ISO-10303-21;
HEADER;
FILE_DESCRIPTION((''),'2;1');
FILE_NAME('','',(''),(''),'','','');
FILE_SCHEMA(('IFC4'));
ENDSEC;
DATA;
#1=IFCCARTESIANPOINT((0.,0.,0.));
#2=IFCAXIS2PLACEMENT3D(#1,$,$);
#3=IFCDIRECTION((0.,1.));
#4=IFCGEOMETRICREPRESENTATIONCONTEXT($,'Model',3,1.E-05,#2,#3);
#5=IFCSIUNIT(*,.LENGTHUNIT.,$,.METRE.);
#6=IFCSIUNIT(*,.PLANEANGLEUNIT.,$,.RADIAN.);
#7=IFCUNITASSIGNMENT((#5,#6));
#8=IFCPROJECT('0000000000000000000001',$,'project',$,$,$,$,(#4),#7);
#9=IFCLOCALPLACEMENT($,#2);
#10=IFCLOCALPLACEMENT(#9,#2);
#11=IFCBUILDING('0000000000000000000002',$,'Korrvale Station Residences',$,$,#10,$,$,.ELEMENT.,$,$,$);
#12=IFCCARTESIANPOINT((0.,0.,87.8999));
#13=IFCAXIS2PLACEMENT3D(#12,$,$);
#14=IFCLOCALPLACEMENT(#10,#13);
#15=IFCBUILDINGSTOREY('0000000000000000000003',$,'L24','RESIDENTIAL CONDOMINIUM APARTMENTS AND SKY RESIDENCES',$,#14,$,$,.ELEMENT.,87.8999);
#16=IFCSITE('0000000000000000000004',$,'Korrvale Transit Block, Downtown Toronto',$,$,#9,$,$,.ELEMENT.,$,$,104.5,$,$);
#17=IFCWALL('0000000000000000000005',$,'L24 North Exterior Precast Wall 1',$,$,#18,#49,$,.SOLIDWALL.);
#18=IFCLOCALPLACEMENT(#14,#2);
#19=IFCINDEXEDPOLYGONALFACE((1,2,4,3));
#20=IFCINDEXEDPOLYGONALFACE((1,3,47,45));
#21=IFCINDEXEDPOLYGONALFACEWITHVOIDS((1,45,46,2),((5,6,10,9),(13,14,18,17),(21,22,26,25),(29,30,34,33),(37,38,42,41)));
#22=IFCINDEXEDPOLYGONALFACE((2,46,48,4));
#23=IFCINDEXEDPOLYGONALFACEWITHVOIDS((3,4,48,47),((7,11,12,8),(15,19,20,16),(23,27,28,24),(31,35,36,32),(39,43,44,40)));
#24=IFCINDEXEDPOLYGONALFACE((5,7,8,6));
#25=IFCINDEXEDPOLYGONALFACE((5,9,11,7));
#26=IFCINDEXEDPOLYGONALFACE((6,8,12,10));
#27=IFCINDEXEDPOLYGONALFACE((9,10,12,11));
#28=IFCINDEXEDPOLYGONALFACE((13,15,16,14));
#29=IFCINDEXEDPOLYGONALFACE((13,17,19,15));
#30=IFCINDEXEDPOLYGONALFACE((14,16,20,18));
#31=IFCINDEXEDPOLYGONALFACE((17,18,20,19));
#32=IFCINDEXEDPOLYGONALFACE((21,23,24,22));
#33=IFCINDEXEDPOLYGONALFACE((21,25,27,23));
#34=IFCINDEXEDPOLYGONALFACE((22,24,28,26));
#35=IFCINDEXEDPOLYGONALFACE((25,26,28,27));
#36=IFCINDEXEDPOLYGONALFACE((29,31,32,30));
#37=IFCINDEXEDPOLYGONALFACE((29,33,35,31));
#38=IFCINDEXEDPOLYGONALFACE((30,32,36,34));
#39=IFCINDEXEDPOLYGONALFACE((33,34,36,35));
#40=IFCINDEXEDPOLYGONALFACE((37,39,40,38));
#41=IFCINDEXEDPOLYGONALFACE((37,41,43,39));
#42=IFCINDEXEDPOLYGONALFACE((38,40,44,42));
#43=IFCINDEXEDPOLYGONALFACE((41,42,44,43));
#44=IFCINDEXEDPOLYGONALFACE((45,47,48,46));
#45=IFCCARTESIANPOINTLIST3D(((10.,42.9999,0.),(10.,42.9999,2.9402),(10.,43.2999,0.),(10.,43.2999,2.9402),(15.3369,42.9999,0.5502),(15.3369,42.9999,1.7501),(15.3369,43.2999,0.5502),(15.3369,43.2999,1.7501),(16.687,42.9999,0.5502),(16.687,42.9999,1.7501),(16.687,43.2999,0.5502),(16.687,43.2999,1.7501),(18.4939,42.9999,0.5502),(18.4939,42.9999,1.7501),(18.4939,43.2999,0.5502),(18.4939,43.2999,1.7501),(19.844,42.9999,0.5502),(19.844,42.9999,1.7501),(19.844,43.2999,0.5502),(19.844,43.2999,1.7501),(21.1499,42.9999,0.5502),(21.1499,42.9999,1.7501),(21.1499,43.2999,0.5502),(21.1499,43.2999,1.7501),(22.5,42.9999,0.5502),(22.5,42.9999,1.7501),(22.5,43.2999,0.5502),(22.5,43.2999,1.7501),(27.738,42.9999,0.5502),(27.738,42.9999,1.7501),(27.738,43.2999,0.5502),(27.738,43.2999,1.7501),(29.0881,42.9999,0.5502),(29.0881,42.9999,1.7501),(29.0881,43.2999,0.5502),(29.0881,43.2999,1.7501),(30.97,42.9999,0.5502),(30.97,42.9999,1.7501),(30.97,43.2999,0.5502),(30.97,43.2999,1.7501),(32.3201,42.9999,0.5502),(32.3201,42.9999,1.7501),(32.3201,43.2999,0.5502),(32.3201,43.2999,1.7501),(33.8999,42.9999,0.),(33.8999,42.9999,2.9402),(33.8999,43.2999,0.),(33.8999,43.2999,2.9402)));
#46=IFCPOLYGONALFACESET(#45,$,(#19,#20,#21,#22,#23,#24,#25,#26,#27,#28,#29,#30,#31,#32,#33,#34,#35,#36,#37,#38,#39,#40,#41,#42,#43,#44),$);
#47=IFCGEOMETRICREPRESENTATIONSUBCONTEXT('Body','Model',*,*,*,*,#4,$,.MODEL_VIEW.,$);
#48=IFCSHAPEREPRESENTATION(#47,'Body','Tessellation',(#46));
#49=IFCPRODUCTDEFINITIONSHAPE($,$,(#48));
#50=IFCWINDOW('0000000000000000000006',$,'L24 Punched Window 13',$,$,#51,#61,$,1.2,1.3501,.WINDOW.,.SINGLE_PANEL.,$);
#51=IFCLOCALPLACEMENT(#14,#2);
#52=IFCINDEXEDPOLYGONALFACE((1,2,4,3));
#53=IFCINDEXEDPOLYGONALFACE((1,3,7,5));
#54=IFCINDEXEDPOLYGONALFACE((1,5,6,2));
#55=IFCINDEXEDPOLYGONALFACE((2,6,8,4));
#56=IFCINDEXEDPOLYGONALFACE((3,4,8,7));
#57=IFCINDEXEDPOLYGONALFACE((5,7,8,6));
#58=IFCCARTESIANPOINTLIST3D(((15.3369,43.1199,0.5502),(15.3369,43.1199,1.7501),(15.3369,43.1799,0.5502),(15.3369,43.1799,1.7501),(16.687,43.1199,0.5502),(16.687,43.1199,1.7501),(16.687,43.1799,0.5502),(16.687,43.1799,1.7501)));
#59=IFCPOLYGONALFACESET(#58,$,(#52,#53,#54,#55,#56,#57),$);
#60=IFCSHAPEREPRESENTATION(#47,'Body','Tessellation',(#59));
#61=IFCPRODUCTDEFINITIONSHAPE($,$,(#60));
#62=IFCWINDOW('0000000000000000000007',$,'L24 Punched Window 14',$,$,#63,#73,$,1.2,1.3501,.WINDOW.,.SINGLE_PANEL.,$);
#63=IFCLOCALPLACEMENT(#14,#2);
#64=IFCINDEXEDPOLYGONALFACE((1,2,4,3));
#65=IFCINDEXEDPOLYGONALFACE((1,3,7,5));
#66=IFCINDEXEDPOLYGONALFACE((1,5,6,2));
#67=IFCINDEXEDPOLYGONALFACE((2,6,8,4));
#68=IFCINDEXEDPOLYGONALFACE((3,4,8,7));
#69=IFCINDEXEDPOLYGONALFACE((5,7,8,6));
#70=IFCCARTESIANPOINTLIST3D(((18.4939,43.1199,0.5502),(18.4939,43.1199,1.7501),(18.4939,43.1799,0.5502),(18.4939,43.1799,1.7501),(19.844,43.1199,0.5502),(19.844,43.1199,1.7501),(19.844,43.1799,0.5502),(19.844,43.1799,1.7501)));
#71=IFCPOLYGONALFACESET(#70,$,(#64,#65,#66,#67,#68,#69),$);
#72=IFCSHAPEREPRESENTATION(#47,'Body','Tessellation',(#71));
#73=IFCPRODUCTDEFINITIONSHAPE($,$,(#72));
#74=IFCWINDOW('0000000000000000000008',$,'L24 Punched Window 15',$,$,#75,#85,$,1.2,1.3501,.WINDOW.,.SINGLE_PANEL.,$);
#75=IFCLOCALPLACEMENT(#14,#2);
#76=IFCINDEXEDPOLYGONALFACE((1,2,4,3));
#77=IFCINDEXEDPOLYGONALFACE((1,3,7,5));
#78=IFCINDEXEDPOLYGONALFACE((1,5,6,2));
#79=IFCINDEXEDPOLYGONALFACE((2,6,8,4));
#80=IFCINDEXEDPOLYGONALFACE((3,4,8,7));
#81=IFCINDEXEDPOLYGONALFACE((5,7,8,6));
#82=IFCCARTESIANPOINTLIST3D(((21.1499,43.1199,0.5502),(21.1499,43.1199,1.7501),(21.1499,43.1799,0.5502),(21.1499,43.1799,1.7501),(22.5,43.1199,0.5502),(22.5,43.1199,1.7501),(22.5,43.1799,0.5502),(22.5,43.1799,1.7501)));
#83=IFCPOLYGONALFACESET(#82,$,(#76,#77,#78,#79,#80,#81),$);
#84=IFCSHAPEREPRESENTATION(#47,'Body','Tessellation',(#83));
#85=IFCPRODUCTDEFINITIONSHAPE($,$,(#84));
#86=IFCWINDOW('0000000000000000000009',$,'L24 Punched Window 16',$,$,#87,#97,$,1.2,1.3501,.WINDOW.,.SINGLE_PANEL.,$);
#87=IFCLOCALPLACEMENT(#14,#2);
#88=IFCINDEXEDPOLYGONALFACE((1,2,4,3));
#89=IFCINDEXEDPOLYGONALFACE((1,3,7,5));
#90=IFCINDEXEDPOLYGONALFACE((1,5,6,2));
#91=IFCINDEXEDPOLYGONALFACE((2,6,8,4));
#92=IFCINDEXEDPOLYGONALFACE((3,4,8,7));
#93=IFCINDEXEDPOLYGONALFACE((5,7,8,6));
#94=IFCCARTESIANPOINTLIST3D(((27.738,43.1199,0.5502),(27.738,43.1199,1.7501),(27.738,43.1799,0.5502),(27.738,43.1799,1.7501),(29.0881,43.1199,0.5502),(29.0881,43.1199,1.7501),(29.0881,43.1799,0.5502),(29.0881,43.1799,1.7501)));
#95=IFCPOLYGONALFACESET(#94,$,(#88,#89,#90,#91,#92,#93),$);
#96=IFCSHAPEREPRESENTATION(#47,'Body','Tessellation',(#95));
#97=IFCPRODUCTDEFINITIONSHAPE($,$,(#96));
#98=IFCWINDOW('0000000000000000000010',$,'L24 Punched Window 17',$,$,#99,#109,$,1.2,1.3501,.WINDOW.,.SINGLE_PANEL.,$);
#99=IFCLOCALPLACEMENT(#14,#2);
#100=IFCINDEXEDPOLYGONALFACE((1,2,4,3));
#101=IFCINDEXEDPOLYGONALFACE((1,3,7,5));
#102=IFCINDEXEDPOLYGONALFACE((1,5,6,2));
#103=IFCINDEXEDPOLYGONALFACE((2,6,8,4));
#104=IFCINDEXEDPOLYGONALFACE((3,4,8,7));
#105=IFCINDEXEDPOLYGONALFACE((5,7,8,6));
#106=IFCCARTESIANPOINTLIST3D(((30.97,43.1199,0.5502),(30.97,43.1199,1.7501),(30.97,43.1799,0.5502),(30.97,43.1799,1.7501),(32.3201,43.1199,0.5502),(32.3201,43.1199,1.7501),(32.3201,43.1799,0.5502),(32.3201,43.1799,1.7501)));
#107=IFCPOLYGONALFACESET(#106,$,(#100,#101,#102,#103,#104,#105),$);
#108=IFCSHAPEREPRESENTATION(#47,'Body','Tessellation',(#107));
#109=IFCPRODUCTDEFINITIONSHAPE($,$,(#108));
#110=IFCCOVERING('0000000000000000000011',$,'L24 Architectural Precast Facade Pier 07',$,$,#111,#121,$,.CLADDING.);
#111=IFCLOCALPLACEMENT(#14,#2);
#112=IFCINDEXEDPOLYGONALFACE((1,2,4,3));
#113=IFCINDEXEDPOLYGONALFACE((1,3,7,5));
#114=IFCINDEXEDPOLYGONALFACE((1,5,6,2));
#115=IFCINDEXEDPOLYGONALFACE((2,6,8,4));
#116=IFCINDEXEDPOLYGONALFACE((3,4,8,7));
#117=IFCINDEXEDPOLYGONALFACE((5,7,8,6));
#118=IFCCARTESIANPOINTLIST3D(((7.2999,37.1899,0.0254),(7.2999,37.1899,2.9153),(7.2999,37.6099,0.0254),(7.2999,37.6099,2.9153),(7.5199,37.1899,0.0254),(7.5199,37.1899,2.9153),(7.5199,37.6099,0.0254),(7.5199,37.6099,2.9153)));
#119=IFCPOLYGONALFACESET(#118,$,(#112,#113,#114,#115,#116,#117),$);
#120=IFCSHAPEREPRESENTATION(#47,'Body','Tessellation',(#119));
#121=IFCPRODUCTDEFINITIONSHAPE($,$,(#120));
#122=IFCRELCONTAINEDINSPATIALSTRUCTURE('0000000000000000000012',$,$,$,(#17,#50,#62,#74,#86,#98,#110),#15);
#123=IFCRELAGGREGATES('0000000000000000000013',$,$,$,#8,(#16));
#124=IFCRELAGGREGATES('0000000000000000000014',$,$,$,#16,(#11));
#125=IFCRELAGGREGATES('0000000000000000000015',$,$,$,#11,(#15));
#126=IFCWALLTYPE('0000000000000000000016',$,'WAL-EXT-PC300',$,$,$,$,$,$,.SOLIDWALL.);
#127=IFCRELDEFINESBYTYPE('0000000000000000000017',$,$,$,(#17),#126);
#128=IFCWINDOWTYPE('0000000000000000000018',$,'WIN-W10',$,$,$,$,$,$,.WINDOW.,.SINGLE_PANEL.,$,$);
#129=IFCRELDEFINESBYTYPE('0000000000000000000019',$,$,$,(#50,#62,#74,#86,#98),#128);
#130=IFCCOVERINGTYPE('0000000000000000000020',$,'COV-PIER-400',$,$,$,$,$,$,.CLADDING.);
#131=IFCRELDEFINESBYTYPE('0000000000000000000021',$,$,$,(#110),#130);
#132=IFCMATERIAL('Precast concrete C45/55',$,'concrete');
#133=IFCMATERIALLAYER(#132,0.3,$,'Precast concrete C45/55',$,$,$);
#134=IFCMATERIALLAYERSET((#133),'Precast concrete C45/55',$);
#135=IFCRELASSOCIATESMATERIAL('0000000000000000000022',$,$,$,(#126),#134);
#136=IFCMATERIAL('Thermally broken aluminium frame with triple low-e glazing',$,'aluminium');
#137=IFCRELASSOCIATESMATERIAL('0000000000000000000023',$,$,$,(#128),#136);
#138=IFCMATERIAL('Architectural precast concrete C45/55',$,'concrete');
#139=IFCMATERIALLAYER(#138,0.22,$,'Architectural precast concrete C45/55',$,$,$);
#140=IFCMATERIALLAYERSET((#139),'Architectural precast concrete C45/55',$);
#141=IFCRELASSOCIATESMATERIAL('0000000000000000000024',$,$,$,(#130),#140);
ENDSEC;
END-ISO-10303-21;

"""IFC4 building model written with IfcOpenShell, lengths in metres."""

from ifc_helpers import new_model, si_unit, direction, frame, frame_2d, origin, origin_2d, place, context, subcontext, project, spatial, rectangle, extrude, material, layer, layer_set, type_object, element, fill, save


model = new_model("IFC4")

# Units and contexts
model_context = context("Model", 3, precision=1e-05, world=origin(), true_north=direction((0.0, 1.0)))
body_context = subcontext(model_context, "Body", "Model", "MODEL_VIEW")
ifc_project = project(units=[si_unit("LENGTHUNIT", "METRE"), si_unit("PLANEANGLEUNIT", "RADIAN")], contexts=[model_context])

# Site, building, storey
site_placement = place(None, origin())
site = spatial("IfcSite", under=ifc_project, at=site_placement, Name="Korrvale Transit Block, Downtown Toronto", CompositionType="ELEMENT", RefElevation=104.5)
building_placement = place(site_placement, origin())
building = spatial("IfcBuilding", under=site, at=building_placement, Name="Korrvale Station Residences", CompositionType="ELEMENT")
storey_placement = place(building_placement, frame((0.0, 0.0, 87.8999)))
storey = spatial("IfcBuildingStorey", under=building, at=storey_placement, Name="L24", Description="RESIDENTIAL CONDOMINIUM APARTMENTS AND SKY RESIDENCES", CompositionType="ELEMENT", Elevation=87.8999)

# Shared definitions
ifc_material_1 = material(Name="Precast concrete C45/55", Category="concrete")

# Wall, openings, windows
ifc_layer_1 = layer(ifc_material_1, 0.3, Name="Precast concrete C45/55")
ifc_layer_set_1 = layer_set([ifc_layer_1], Name="Precast concrete C45/55")
wall_type_1 = type_object("IfcWallType", Name="WAL-EXT-PC300", PredefinedType="SOLIDWALL", material=ifc_layer_set_1)
wall_1_placement = place(storey_placement, frame((10.0, 43.1499, 0.0), z_axis=(0.0, 0.0, 1.0), x_axis=(1.0, 0.0, 0.0)))
wall_1 = element("IfcWall", 1, at=wall_1_placement, inside=storey, type_object=wall_type_1, Name="L24 North Exterior Precast Wall 1", PredefinedType="SOLIDWALL", context=body_context, shape_type="SweptSolid", body=[
    extrude(rectangle(XDim=23.8999, YDim=0.3, at=frame_2d((11.95, 0.0))), origin(), (0.0, 0.0, 1.0), 2.9402),
])
opening_1_placement = place(wall_1_placement, frame((5.3369, 0.0, 0.55)))
opening_1 = element("IfcOpeningElement", 2, at=opening_1_placement, cuts=wall_1, PredefinedType="OPENING", context=body_context, shape_type="SweptSolid", body=[
    extrude(rectangle(XDim=1.3501, YDim=1.2, at=frame_2d((0.675, 0.6001))), frame((0.0, 0.1602, 0.0), z_axis=(0.0, -1.0, 0.0), x_axis=(1.0, 0.0, 0.0)), (0.0, 0.0, 1.0), 0.3201),
])
opening_2_placement = place(wall_1_placement, frame((8.4939, 0.0, 0.55)))
opening_2 = element("IfcOpeningElement", 3, at=opening_2_placement, cuts=wall_1, PredefinedType="OPENING", context=body_context, shape_type="SweptSolid", body=[
    extrude(rectangle(XDim=1.3501, YDim=1.2, at=frame_2d((0.675, 0.6001))), frame((0.0, 0.1602, 0.0), z_axis=(0.0, -1.0, 0.0), x_axis=(1.0, 0.0, 0.0)), (0.0, 0.0, 1.0), 0.3201),
])
opening_3_placement = place(wall_1_placement, frame((11.1499, 0.0, 0.55)))
opening_3 = element("IfcOpeningElement", 4, at=opening_3_placement, cuts=wall_1, PredefinedType="OPENING", context=body_context, shape_type="SweptSolid", body=[
    extrude(rectangle(XDim=1.3501, YDim=1.2, at=frame_2d((0.675, 0.6001))), frame((0.0, 0.1602, 0.0), z_axis=(0.0, -1.0, 0.0), x_axis=(1.0, 0.0, 0.0)), (0.0, 0.0, 1.0), 0.3201),
])
opening_4_placement = place(wall_1_placement, frame((17.738, 0.0, 0.55)))
opening_4 = element("IfcOpeningElement", 5, at=opening_4_placement, cuts=wall_1, PredefinedType="OPENING", context=body_context, shape_type="SweptSolid", body=[
    extrude(rectangle(XDim=1.3501, YDim=1.2, at=frame_2d((0.675, 0.6001))), frame((0.0, 0.1602, 0.0), z_axis=(0.0, -1.0, 0.0), x_axis=(1.0, 0.0, 0.0)), (0.0, 0.0, 1.0), 0.3201),
])
opening_5_placement = place(wall_1_placement, frame((20.97, 0.0, 0.55)))
opening_5 = element("IfcOpeningElement", 6, at=opening_5_placement, cuts=wall_1, PredefinedType="OPENING", context=body_context, shape_type="SweptSolid", body=[
    extrude(rectangle(XDim=1.3501, YDim=1.2, at=frame_2d((0.675, 0.6001))), frame((0.0, 0.1602, 0.0), z_axis=(0.0, -1.0, 0.0), x_axis=(1.0, 0.0, 0.0)), (0.0, 0.0, 1.0), 0.3201),
])
ifc_material_2 = material(Name="Thermally broken aluminium frame with triple low-e glazing", Category="aluminium")
window_type = type_object("IfcWindowType", Name="WIN-W10", PartitioningType="SINGLE_PANEL", PredefinedType="WINDOW", material=ifc_material_2)
window_1_placement = place(opening_1_placement, origin())
window_1 = element("IfcWindow", 7, at=window_1_placement, inside=storey, type_object=window_type, Name="L24 Punched Window 13", OverallHeight=1.2, OverallWidth=1.3501, PartitioningType="SINGLE_PANEL", PredefinedType="WINDOW", context=body_context, shape_type="SweptSolid", body=[
    extrude(rectangle(XDim=1.3501, YDim=1.2, at=frame_2d((0.675, 0.6001))), frame((0.0, 0.03, 0.0), z_axis=(0.0, -1.0, 0.0), x_axis=(1.0, 0.0, 0.0)), (0.0, 0.0, 1.0), 0.0601),
])
fill(opening_1, window_1)
window_2_placement = place(opening_2_placement, origin())
window_2 = element("IfcWindow", 8, at=window_2_placement, inside=storey, type_object=window_type, Name="L24 Punched Window 14", OverallHeight=1.2, OverallWidth=1.3501, PartitioningType="SINGLE_PANEL", PredefinedType="WINDOW", context=body_context, shape_type="SweptSolid", body=[
    extrude(rectangle(XDim=1.3501, YDim=1.2, at=frame_2d((0.675, 0.6001))), frame((0.0, 0.03, 0.0), z_axis=(0.0, -1.0, 0.0), x_axis=(1.0, 0.0, 0.0)), (0.0, 0.0, 1.0), 0.0601),
])
fill(opening_2, window_2)
window_3_placement = place(opening_3_placement, origin())
window_3 = element("IfcWindow", 9, at=window_3_placement, inside=storey, type_object=window_type, Name="L24 Punched Window 15", OverallHeight=1.2, OverallWidth=1.3501, PartitioningType="SINGLE_PANEL", PredefinedType="WINDOW", context=body_context, shape_type="SweptSolid", body=[
    extrude(rectangle(XDim=1.3501, YDim=1.2, at=frame_2d((0.675, 0.6001))), frame((0.0, 0.03, 0.0), z_axis=(0.0, -1.0, 0.0), x_axis=(1.0, 0.0, 0.0)), (0.0, 0.0, 1.0), 0.0601),
])
fill(opening_3, window_3)
window_4_placement = place(opening_4_placement, origin())
window_4 = element("IfcWindow", 10, at=window_4_placement, inside=storey, type_object=window_type, Name="L24 Punched Window 16", OverallHeight=1.2, OverallWidth=1.3501, PartitioningType="SINGLE_PANEL", PredefinedType="WINDOW", context=body_context, shape_type="SweptSolid", body=[
    extrude(rectangle(XDim=1.3501, YDim=1.2, at=frame_2d((0.675, 0.6001))), frame((0.0, 0.03, 0.0), z_axis=(0.0, -1.0, 0.0), x_axis=(1.0, 0.0, 0.0)), (0.0, 0.0, 1.0), 0.0601),
])
fill(opening_4, window_4)
window_5_placement = place(opening_5_placement, origin())
window_5 = element("IfcWindow", 11, at=window_5_placement, inside=storey, type_object=window_type, Name="L24 Punched Window 17", OverallHeight=1.2, OverallWidth=1.3501, PartitioningType="SINGLE_PANEL", PredefinedType="WINDOW", context=body_context, shape_type="SweptSolid", body=[
    extrude(rectangle(XDim=1.3501, YDim=1.2, at=frame_2d((0.675, 0.6001))), frame((0.0, 0.03, 0.0), z_axis=(0.0, -1.0, 0.0), x_axis=(1.0, 0.0, 0.0)), (0.0, 0.0, 1.0), 0.0601),
])
fill(opening_5, window_5)

# Covering
ifc_material_3 = material(Name="Architectural precast concrete C45/55", Category="concrete")
ifc_layer_2 = layer(ifc_material_3, 0.22, Name="Architectural precast concrete C45/55")
ifc_layer_set_2 = layer_set([ifc_layer_2], Name="Architectural precast concrete C45/55")
covering_type = type_object("IfcCoveringType", Name="COV-PIER-400", PredefinedType="CLADDING", material=ifc_layer_set_2)
covering_placement = place(storey_placement, frame((7.4099, 37.3999, 0.0254), z_axis=(0.0, 0.0, 1.0), x_axis=(0.0, 1.0, 0.0)))
element("IfcCovering", 12, at=covering_placement, inside=storey, type_object=covering_type, Name="L24 Architectural Precast Facade Pier 07", PredefinedType="CLADDING", context=body_context, shape_type="SweptSolid", body=[
    extrude(rectangle(XDim=0.4199, YDim=0.22, at=origin_2d()), origin(), (0.0, 0.0, 1.0), 2.8899),
])

save(model, "model.ifc")
